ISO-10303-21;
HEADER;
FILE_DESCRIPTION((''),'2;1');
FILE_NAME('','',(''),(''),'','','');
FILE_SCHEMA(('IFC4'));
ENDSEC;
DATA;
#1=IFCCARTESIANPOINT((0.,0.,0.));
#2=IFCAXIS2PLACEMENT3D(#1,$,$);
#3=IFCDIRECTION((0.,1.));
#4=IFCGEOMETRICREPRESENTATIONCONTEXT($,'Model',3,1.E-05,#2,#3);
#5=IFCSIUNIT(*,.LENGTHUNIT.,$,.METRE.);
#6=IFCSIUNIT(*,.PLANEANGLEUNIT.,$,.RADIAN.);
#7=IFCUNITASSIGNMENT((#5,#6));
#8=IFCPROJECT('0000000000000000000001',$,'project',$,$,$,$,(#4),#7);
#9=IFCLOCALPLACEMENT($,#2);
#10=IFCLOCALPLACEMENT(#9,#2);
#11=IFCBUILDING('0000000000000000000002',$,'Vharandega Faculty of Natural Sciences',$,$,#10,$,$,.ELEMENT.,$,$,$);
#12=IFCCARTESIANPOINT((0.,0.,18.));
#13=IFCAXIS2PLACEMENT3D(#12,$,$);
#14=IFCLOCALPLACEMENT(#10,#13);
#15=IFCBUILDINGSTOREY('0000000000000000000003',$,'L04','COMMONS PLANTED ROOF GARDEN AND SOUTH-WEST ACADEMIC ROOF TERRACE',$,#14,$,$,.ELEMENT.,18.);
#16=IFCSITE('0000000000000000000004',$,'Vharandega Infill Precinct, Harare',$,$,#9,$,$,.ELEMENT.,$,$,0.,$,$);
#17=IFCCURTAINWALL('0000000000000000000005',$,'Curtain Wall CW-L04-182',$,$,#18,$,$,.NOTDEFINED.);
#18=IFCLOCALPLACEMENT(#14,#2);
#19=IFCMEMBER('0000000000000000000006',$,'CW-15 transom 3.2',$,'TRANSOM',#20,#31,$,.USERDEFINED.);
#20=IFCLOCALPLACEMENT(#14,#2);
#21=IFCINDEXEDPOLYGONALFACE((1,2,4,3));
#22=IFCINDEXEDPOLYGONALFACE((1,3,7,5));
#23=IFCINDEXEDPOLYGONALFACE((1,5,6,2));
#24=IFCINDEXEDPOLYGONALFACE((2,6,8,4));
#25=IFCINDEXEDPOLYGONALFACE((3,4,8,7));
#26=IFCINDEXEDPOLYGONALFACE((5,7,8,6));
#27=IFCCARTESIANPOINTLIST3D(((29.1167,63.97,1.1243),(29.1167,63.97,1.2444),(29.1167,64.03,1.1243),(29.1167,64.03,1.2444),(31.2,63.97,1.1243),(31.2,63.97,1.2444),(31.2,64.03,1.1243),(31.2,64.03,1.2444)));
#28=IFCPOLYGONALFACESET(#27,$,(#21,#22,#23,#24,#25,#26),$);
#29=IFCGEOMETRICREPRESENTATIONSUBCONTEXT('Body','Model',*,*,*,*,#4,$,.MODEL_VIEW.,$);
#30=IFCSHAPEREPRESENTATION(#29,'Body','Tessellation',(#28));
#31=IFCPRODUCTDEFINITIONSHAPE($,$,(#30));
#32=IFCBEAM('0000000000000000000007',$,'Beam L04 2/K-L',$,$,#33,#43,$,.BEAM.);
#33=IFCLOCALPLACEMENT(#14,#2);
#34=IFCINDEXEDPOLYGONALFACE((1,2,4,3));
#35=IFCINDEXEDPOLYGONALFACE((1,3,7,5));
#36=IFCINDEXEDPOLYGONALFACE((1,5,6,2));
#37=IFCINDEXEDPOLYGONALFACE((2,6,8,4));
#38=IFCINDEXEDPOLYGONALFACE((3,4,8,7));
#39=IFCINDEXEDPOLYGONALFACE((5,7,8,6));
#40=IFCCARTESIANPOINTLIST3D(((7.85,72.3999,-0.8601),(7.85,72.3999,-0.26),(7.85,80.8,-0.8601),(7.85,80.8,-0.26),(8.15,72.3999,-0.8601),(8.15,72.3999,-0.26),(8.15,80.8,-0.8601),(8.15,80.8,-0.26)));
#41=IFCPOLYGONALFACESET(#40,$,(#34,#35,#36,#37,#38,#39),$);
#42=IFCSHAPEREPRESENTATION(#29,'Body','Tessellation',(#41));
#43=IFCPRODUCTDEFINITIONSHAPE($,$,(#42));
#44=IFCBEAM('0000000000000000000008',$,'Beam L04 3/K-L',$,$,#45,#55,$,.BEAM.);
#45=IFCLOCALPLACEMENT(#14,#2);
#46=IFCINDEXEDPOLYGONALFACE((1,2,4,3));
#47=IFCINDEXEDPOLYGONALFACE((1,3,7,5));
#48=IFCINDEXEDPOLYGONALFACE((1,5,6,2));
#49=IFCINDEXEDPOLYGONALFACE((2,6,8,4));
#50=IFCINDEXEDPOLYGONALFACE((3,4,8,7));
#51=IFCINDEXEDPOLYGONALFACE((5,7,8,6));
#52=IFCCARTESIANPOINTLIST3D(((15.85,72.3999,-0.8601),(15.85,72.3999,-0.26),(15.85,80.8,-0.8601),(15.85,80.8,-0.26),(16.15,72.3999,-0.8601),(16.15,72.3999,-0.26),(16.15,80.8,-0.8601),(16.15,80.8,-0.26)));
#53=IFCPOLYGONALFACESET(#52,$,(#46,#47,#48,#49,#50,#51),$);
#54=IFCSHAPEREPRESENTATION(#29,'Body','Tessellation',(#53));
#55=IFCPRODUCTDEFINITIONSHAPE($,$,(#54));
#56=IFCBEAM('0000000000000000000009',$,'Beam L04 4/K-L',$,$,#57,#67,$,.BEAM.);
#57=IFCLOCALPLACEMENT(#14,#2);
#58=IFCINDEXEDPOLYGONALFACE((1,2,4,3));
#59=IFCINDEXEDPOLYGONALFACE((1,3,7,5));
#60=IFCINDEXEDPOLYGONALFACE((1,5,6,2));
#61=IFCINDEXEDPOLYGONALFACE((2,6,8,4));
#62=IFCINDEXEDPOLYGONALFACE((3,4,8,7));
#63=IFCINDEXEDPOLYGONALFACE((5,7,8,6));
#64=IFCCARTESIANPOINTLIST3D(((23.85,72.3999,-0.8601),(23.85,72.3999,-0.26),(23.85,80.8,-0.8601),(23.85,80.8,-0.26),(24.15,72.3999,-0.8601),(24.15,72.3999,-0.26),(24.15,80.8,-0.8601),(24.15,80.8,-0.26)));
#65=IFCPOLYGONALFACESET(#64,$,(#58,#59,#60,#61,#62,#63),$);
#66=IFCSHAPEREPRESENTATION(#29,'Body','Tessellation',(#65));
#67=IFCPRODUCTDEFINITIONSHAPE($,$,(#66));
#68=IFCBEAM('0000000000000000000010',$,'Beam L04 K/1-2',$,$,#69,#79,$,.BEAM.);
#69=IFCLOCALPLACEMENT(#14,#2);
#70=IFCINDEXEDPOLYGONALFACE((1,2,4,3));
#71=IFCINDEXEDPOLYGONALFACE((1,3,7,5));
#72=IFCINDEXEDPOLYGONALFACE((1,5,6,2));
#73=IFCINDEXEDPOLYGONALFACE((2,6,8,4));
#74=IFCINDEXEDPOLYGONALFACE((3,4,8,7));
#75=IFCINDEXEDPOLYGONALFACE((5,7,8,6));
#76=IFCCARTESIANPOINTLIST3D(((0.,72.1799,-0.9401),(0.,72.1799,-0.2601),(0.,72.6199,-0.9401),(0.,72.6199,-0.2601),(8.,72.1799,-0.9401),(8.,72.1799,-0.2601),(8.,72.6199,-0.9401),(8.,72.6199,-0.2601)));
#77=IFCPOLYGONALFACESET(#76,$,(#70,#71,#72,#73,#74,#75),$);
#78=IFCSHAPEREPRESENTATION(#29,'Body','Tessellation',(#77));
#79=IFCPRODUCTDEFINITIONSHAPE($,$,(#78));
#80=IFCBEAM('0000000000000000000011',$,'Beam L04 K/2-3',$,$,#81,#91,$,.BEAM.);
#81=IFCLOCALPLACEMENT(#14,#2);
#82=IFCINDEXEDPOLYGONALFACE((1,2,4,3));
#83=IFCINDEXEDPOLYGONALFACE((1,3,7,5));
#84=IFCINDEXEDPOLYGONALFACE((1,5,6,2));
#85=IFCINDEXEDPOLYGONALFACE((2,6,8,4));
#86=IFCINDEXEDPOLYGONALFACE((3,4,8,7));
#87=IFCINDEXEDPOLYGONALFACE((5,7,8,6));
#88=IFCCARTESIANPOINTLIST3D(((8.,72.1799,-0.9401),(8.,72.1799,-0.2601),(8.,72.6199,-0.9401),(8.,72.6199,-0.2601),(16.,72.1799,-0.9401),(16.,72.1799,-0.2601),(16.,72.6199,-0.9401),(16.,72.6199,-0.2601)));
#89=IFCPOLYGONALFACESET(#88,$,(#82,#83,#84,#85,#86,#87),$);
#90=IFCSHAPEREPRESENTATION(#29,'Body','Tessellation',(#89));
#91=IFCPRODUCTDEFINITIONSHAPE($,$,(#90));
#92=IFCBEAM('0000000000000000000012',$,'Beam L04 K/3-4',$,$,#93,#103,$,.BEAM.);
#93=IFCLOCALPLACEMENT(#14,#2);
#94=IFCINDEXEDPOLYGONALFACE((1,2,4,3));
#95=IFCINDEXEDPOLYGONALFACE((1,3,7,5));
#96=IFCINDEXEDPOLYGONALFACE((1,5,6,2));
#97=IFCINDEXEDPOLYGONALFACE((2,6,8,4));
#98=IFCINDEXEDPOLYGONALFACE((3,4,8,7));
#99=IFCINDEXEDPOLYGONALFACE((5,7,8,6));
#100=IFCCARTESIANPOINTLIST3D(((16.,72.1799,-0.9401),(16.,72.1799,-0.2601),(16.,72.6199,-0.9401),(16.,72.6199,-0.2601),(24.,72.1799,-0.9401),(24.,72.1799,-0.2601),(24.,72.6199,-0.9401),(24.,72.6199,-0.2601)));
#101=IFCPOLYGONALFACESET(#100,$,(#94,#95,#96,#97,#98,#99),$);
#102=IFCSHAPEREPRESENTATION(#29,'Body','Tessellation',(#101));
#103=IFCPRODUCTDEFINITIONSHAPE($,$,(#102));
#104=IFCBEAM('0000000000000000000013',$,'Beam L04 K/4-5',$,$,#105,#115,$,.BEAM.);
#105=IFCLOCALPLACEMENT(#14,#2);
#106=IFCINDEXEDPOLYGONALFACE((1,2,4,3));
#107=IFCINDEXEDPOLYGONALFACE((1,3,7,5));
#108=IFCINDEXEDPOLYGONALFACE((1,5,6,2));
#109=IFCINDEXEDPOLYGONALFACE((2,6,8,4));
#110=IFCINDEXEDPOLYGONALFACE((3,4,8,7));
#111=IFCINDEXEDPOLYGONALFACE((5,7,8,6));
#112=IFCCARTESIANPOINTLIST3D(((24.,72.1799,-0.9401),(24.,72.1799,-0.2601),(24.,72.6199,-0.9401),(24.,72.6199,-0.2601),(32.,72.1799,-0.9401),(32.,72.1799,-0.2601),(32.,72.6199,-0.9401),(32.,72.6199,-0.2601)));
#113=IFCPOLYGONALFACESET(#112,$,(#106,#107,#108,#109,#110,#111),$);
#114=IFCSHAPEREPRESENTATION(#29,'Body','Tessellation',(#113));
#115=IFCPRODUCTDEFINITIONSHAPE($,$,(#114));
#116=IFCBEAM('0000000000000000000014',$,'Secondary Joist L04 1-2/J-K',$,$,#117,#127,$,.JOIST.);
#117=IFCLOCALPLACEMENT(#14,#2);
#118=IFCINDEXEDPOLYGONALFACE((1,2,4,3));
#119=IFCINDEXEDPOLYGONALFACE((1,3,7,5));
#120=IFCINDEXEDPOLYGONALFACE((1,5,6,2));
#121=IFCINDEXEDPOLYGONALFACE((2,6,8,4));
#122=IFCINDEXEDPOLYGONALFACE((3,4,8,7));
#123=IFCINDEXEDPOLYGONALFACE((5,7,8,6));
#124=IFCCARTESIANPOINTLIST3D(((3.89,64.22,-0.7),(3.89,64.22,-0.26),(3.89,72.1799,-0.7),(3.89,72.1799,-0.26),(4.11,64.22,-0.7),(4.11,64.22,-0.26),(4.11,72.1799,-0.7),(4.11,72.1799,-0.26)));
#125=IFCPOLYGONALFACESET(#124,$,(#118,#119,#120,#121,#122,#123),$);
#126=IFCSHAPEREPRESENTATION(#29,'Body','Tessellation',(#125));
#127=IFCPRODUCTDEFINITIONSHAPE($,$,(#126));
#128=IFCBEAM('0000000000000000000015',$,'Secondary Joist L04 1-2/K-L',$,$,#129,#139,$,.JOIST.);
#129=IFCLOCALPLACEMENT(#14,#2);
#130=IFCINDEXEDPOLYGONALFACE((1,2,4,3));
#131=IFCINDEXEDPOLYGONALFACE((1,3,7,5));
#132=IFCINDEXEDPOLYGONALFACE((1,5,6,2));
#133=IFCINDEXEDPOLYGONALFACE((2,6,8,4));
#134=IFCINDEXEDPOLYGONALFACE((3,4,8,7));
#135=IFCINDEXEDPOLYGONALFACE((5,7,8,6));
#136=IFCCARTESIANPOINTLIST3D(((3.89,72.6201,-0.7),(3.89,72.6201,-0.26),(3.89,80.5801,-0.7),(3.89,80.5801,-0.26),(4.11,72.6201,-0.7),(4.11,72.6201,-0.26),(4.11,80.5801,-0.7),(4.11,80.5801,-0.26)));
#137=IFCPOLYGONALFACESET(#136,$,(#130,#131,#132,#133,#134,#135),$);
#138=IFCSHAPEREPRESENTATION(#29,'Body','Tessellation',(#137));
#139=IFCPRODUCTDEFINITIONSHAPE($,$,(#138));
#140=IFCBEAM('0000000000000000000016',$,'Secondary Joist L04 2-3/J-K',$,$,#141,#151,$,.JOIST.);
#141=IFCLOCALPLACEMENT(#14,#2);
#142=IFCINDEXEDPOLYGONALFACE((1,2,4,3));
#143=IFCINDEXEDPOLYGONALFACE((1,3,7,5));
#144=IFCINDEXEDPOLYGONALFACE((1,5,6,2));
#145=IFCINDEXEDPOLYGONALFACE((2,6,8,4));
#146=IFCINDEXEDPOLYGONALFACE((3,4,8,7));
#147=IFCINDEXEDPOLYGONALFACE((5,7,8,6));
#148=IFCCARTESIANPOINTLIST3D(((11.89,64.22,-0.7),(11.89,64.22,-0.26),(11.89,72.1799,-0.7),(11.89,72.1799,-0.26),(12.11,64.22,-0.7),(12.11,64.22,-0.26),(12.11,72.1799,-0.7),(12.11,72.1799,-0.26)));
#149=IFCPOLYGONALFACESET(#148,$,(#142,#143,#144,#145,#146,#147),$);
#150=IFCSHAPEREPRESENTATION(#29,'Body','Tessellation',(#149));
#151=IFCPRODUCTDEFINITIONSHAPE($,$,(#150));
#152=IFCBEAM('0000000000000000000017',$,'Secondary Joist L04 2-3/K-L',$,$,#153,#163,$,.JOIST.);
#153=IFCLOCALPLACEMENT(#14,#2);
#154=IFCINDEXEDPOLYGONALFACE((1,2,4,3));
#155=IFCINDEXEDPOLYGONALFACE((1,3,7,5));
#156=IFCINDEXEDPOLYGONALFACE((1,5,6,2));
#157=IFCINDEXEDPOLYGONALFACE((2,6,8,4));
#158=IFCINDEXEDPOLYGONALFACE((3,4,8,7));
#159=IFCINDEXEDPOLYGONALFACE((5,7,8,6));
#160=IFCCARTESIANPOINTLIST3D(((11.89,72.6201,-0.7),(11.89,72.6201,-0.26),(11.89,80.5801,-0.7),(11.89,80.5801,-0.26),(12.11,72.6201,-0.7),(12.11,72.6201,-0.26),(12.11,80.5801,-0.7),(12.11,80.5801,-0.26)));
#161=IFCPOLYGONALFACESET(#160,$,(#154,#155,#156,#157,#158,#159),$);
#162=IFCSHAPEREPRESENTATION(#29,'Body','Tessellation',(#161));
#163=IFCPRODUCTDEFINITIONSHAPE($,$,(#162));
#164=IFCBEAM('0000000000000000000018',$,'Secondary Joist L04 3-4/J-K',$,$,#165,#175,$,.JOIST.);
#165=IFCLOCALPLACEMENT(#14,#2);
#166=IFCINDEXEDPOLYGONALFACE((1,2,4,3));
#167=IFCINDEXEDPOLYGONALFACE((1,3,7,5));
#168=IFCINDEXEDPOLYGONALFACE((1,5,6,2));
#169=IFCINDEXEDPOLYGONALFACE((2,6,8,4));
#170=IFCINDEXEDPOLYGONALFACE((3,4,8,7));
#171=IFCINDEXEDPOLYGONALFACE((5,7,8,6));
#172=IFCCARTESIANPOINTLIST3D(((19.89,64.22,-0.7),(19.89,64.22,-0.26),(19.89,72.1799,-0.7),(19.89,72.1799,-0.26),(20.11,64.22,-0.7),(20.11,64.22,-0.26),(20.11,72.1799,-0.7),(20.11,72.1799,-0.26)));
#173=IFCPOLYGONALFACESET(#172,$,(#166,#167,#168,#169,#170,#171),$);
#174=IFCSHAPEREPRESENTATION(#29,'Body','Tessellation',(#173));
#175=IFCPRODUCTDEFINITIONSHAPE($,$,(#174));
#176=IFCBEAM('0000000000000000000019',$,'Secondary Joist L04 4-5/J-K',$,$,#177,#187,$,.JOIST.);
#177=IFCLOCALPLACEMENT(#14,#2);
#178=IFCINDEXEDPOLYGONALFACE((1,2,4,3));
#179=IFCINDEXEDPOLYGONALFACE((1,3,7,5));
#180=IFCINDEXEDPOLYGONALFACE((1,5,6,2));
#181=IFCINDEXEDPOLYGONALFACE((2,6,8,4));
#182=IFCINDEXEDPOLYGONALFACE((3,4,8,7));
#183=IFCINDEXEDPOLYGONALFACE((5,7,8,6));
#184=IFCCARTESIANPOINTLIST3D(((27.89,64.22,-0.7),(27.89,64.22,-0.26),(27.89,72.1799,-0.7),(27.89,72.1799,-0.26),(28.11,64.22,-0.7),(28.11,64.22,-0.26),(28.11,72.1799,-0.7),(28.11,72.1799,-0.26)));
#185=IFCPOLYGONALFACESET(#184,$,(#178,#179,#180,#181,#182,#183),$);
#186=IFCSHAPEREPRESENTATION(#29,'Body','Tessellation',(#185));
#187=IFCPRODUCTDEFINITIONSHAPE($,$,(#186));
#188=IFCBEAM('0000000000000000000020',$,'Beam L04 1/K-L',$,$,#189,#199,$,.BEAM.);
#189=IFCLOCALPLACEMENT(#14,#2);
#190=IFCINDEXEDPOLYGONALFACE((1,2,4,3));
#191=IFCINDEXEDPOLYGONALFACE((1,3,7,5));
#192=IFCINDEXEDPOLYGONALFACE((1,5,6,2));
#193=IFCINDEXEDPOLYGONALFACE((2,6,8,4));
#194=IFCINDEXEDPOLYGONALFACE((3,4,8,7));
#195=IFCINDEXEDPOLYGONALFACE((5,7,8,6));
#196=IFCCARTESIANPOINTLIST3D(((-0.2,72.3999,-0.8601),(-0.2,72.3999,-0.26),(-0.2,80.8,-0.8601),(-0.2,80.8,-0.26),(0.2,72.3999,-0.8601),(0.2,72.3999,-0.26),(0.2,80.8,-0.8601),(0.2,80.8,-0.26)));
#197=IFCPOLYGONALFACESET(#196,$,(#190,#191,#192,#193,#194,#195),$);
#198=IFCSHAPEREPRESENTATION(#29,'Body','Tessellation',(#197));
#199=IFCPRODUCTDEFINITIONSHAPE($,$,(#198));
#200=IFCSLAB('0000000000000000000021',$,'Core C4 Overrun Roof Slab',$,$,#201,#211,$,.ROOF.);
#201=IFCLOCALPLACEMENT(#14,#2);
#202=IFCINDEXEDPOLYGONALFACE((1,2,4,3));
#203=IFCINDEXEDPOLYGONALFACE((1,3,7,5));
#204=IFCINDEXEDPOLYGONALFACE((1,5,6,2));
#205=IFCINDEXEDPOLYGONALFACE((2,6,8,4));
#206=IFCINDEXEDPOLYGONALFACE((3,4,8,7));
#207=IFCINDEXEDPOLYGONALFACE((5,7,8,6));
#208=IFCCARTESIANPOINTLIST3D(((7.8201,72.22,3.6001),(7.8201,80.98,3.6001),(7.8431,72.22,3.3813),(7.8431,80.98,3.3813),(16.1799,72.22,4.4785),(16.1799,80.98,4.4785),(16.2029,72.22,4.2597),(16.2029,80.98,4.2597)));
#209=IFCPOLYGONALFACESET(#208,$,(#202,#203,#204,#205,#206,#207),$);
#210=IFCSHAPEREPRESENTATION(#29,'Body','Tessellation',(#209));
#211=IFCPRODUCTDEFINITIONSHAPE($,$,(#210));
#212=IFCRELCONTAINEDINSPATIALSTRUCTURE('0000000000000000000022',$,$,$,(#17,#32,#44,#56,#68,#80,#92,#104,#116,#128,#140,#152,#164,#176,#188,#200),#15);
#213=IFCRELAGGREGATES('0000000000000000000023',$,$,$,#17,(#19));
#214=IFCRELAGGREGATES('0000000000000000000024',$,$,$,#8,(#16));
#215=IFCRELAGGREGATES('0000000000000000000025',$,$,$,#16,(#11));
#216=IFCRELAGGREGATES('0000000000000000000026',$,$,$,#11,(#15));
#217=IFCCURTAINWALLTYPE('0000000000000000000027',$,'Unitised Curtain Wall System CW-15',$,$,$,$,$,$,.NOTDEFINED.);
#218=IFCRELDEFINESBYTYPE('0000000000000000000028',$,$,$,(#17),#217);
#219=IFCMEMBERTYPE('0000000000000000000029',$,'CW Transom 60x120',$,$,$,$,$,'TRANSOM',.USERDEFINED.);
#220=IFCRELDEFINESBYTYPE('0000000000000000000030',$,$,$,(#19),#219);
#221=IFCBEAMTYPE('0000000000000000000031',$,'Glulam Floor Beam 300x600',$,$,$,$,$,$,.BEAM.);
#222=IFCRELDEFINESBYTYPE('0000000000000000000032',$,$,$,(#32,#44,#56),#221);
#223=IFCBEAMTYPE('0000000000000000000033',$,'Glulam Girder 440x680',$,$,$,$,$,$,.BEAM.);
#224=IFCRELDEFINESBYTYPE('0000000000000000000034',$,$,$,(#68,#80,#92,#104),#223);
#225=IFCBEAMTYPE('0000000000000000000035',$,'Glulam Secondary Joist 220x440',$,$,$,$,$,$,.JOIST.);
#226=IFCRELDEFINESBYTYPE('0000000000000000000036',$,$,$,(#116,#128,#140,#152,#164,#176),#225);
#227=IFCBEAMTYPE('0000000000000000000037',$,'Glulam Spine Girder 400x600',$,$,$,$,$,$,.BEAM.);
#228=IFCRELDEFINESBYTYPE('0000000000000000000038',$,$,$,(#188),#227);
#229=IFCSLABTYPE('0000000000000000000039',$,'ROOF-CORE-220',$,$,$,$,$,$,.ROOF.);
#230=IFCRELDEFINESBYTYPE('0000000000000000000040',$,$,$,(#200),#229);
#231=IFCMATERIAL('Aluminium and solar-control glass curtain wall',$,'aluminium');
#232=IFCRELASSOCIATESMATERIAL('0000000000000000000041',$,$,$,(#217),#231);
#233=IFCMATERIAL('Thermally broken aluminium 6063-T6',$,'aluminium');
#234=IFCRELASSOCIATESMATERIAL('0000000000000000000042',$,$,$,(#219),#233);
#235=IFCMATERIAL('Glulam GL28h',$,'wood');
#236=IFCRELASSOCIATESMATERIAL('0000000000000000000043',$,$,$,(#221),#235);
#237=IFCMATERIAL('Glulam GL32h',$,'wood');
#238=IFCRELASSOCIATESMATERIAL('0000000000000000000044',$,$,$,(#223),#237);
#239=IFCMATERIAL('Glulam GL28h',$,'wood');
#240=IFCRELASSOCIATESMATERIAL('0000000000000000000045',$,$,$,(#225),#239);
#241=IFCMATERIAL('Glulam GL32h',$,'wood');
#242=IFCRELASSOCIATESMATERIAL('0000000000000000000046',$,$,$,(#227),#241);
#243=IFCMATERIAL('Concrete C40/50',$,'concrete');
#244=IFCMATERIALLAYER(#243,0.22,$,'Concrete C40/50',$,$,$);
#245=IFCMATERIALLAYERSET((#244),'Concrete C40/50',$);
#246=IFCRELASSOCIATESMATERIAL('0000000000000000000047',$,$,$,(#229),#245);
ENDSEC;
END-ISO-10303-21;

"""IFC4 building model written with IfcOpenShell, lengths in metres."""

from ifc_helpers import new_model, si_unit, direction, frame, origin, origin_2d, place, context, subcontext, project, spatial, polyline, rectangle, outline, extrude, material, layer, layer_set, material_profile, profile_set, type_object, element, aggregate, save


model = new_model("IFC4")

# Units and contexts
model_context = context("Model", 3, precision=1e-05, world=origin(), true_north=direction((0.0, 1.0)))
body_context = subcontext(model_context, "Body", "Model", "MODEL_VIEW")
ifc_project = project(units=[si_unit("LENGTHUNIT", "METRE"), si_unit("PLANEANGLEUNIT", "RADIAN")], contexts=[model_context])

# Site, building, storey
site_placement = place(None, origin())
site = spatial("IfcSite", under=ifc_project, at=site_placement, Name="Vharandega Infill Precinct, Harare", CompositionType="ELEMENT", RefElevation=0.0)
building_placement = place(site_placement, origin())
building = spatial("IfcBuilding", under=site, at=building_placement, Name="Vharandega Faculty of Natural Sciences", CompositionType="ELEMENT")
storey_placement = place(building_placement, frame((0.0, 0.0, 18.0)))
storey = spatial("IfcBuildingStorey", under=building, at=storey_placement, Name="L04", Description="COMMONS PLANTED ROOF GARDEN AND SOUTH-WEST ACADEMIC ROOF TERRACE", CompositionType="ELEMENT", Elevation=18.0)

# Curtain wall, member
ifc_material_1 = material(Name="Aluminium and solar-control glass curtain wall", Category="aluminium")
curtain_wall_type = type_object("IfcCurtainWallType", Name="Unitised Curtain Wall System CW-15", PredefinedType="NOTDEFINED", material=ifc_material_1)
curtain_wall_placement = place(storey_placement, origin())
curtain_wall = element("IfcCurtainWall", 1, at=curtain_wall_placement, inside=storey, type_object=curtain_wall_type, Name="Curtain Wall CW-L04-182", PredefinedType="NOTDEFINED")
ifc_material_2 = material(Name="Thermally broken aluminium 6063-T6", Category="aluminium")
ifc_material_profile_1 = material_profile(ifc_material_2, rectangle(XDim=0.0601, YDim=0.1201, at=origin_2d()), Name="ALU 60x120")
ifc_profile_set_1 = profile_set([ifc_material_profile_1], Name="Thermally broken aluminium 6063-T6")
member_type = type_object("IfcMemberType", Name="CW Transom 60x120", ElementType="TRANSOM", PredefinedType="USERDEFINED", material=ifc_profile_set_1)
member_placement = place(storey_placement, frame((29.1167, 64.0, 1.1843), z_axis=(1.0, 0.0, 0.0), x_axis=(0.0, 1.0, 0.0)))
member = element("IfcMember", 2, at=member_placement, type_object=member_type, Name="CW-15 transom 3.2", ObjectType="TRANSOM", PredefinedType="USERDEFINED", context=body_context, shape_type="SweptSolid", body=[
    extrude(rectangle(XDim=0.0601, YDim=0.1201, at=origin_2d()), origin(), (0.0, 0.0, 1.0), 2.0833),
])
aggregate(curtain_wall, [member])

# Beams
ifc_material_3 = material(Name="Glulam GL28h", Category="wood")
ifc_material_profile_2 = material_profile(ifc_material_3, rectangle(XDim=0.3, YDim=0.6001, at=origin_2d()), Name="GL28h 300x600")
ifc_profile_set_2 = profile_set([ifc_material_profile_2], Name="Glulam GL28h")
beam_type_1 = type_object("IfcBeamType", Name="Glulam Floor Beam 300x600", PredefinedType="BEAM", material=ifc_profile_set_2)
for number, where, z_axis, x_axis, name in (
    (3, (8.0, 72.3999, -0.5601), (0.0, 1.0, 0.0), (-1.0, 0.0, 0.0), "Beam L04 2/K-L"),
    (4, (16.0, 72.3999, -0.5601), (0.0, 1.0, 0.0), (-1.0, 0.0, 0.0), "Beam L04 3/K-L"),
    (5, (24.0, 72.3999, -0.5601), (0.0, 1.0, 0.0), (-1.0, 0.0, 0.0), "Beam L04 4/K-L"),
):
    element("IfcBeam", number, at=place(storey_placement, frame(where, z_axis=z_axis, x_axis=x_axis)), inside=storey, type_object=beam_type_1, Name=name, PredefinedType="BEAM", context=body_context, shape_type="SweptSolid", body=[
        extrude(rectangle(XDim=0.3, YDim=0.6001, at=origin_2d()), origin(), (0.0, 0.0, 1.0), 8.4001),
    ])
ifc_material_4 = material(Name="Glulam GL32h", Category="wood")
ifc_material_profile_3 = material_profile(ifc_material_4, rectangle(XDim=0.4399, YDim=0.6799, at=origin_2d()), Name="GL32h 440x680")
ifc_profile_set_3 = profile_set([ifc_material_profile_3], Name="Glulam GL32h")
beam_type_2 = type_object("IfcBeamType", Name="Glulam Girder 440x680", PredefinedType="BEAM", material=ifc_profile_set_3)
for number, where, z_axis, x_axis, name in (
    (6, (0.0, 72.3999, -0.6001), (1.0, 0.0, 0.0), (0.0, 1.0, 0.0), "Beam L04 K/1-2"),
    (7, (8.0, 72.3999, -0.6001), (1.0, 0.0, 0.0), (0.0, 1.0, 0.0), "Beam L04 K/2-3"),
    (8, (16.0, 72.3999, -0.6001), (1.0, 0.0, 0.0), (0.0, 1.0, 0.0), "Beam L04 K/3-4"),
    (9, (24.0, 72.3999, -0.6001), (1.0, 0.0, 0.0), (0.0, 1.0, 0.0), "Beam L04 K/4-5"),
):
    element("IfcBeam", number, at=place(storey_placement, frame(where, z_axis=z_axis, x_axis=x_axis)), inside=storey, type_object=beam_type_2, Name=name, PredefinedType="BEAM", context=body_context, shape_type="SweptSolid", body=[
        extrude(rectangle(XDim=0.4399, YDim=0.6799, at=origin_2d()), origin(), (0.0, 0.0, 1.0), 8.0),
    ])
ifc_material_5 = material(Name="Glulam GL28h", Category="wood")
ifc_material_profile_4 = material_profile(ifc_material_5, rectangle(XDim=0.22, YDim=0.4399, at=origin_2d()), Name="GL28h 220x440")
ifc_profile_set_4 = profile_set([ifc_material_profile_4], Name="Glulam GL28h")
beam_type_3 = type_object("IfcBeamType", Name="Glulam Secondary Joist 220x440", PredefinedType="JOIST", material=ifc_profile_set_4)
for number, where, z_axis, x_axis, name in (
    (10, (4.0, 64.22, -0.48), (0.0, 1.0, 0.0), (-1.0, 0.0, 0.0), "Secondary Joist L04 1-2/J-K"),
    (11, (4.0, 72.6201, -0.48), (0.0, 1.0, 0.0), (-1.0, 0.0, 0.0), "Secondary Joist L04 1-2/K-L"),
    (12, (12.0, 64.22, -0.48), (0.0, 1.0, 0.0), (-1.0, 0.0, 0.0), "Secondary Joist L04 2-3/J-K"),
    (13, (12.0, 72.6201, -0.48), (0.0, 1.0, 0.0), (-1.0, 0.0, 0.0), "Secondary Joist L04 2-3/K-L"),
    (14, (20.0, 64.22, -0.48), (0.0, 1.0, 0.0), (-1.0, 0.0, 0.0), "Secondary Joist L04 3-4/J-K"),
    (15, (28.0, 64.22, -0.48), (0.0, 1.0, 0.0), (-1.0, 0.0, 0.0), "Secondary Joist L04 4-5/J-K"),
):
    element("IfcBeam", number, at=place(storey_placement, frame(where, z_axis=z_axis, x_axis=x_axis)), inside=storey, type_object=beam_type_3, Name=name, PredefinedType="JOIST", context=body_context, shape_type="SweptSolid", body=[
        extrude(rectangle(XDim=0.22, YDim=0.4399, at=origin_2d()), origin(), (0.0, 0.0, 1.0), 7.96),
    ])
ifc_material_6 = material(Name="Glulam GL32h", Category="wood")
ifc_material_profile_5 = material_profile(ifc_material_6, rectangle(XDim=0.3999, YDim=0.6001, at=origin_2d()), Name="GL32h 400x600")
ifc_profile_set_5 = profile_set([ifc_material_profile_5], Name="Glulam GL32h")
beam_type_4 = type_object("IfcBeamType", Name="Glulam Spine Girder 400x600", PredefinedType="BEAM", material=ifc_profile_set_5)
beam_placement = place(storey_placement, frame((0.0, 72.3999, -0.5601), z_axis=(0.0, 1.0, 0.0), x_axis=(-1.0, 0.0, 0.0)))
element("IfcBeam", 16, at=beam_placement, inside=storey, type_object=beam_type_4, Name="Beam L04 1/K-L", PredefinedType="BEAM", context=body_context, shape_type="SweptSolid", body=[
    extrude(rectangle(XDim=0.3999, YDim=0.6001, at=origin_2d()), origin(), (0.0, 0.0, 1.0), 8.4001),
])

# Slab
ifc_material_7 = material(Name="Concrete C40/50", Category="concrete")
ifc_layer_1 = layer(ifc_material_7, 0.22, Name="Concrete C40/50")
ifc_layer_set_1 = layer_set([ifc_layer_1], Name="Concrete C40/50")
slab_type = type_object("IfcSlabType", Name="ROOF-CORE-220", PredefinedType="ROOF", material=ifc_layer_set_1)
slab_placement = place(storey_placement, frame((7.8201, 72.22, 3.6001), z_axis=(-0.1045, 0.0, 0.994525), x_axis=(0.994525, 0.0, 0.1045)))
element("IfcSlab", 17, at=slab_placement, inside=storey, type_object=slab_type, Name="Core C4 Overrun Roof Slab", PredefinedType="ROOF", context=body_context, shape_type="SweptSolid", body=[
    extrude(outline(polyline([(0.0, 0.0), (8.4059, 0.0), (8.4059, 8.76), (0.0, 8.76), (0.0, 0.0)])), origin(), (0.0, 0.0, -1.0), 0.22),
])

save(model, "model.ifc")
